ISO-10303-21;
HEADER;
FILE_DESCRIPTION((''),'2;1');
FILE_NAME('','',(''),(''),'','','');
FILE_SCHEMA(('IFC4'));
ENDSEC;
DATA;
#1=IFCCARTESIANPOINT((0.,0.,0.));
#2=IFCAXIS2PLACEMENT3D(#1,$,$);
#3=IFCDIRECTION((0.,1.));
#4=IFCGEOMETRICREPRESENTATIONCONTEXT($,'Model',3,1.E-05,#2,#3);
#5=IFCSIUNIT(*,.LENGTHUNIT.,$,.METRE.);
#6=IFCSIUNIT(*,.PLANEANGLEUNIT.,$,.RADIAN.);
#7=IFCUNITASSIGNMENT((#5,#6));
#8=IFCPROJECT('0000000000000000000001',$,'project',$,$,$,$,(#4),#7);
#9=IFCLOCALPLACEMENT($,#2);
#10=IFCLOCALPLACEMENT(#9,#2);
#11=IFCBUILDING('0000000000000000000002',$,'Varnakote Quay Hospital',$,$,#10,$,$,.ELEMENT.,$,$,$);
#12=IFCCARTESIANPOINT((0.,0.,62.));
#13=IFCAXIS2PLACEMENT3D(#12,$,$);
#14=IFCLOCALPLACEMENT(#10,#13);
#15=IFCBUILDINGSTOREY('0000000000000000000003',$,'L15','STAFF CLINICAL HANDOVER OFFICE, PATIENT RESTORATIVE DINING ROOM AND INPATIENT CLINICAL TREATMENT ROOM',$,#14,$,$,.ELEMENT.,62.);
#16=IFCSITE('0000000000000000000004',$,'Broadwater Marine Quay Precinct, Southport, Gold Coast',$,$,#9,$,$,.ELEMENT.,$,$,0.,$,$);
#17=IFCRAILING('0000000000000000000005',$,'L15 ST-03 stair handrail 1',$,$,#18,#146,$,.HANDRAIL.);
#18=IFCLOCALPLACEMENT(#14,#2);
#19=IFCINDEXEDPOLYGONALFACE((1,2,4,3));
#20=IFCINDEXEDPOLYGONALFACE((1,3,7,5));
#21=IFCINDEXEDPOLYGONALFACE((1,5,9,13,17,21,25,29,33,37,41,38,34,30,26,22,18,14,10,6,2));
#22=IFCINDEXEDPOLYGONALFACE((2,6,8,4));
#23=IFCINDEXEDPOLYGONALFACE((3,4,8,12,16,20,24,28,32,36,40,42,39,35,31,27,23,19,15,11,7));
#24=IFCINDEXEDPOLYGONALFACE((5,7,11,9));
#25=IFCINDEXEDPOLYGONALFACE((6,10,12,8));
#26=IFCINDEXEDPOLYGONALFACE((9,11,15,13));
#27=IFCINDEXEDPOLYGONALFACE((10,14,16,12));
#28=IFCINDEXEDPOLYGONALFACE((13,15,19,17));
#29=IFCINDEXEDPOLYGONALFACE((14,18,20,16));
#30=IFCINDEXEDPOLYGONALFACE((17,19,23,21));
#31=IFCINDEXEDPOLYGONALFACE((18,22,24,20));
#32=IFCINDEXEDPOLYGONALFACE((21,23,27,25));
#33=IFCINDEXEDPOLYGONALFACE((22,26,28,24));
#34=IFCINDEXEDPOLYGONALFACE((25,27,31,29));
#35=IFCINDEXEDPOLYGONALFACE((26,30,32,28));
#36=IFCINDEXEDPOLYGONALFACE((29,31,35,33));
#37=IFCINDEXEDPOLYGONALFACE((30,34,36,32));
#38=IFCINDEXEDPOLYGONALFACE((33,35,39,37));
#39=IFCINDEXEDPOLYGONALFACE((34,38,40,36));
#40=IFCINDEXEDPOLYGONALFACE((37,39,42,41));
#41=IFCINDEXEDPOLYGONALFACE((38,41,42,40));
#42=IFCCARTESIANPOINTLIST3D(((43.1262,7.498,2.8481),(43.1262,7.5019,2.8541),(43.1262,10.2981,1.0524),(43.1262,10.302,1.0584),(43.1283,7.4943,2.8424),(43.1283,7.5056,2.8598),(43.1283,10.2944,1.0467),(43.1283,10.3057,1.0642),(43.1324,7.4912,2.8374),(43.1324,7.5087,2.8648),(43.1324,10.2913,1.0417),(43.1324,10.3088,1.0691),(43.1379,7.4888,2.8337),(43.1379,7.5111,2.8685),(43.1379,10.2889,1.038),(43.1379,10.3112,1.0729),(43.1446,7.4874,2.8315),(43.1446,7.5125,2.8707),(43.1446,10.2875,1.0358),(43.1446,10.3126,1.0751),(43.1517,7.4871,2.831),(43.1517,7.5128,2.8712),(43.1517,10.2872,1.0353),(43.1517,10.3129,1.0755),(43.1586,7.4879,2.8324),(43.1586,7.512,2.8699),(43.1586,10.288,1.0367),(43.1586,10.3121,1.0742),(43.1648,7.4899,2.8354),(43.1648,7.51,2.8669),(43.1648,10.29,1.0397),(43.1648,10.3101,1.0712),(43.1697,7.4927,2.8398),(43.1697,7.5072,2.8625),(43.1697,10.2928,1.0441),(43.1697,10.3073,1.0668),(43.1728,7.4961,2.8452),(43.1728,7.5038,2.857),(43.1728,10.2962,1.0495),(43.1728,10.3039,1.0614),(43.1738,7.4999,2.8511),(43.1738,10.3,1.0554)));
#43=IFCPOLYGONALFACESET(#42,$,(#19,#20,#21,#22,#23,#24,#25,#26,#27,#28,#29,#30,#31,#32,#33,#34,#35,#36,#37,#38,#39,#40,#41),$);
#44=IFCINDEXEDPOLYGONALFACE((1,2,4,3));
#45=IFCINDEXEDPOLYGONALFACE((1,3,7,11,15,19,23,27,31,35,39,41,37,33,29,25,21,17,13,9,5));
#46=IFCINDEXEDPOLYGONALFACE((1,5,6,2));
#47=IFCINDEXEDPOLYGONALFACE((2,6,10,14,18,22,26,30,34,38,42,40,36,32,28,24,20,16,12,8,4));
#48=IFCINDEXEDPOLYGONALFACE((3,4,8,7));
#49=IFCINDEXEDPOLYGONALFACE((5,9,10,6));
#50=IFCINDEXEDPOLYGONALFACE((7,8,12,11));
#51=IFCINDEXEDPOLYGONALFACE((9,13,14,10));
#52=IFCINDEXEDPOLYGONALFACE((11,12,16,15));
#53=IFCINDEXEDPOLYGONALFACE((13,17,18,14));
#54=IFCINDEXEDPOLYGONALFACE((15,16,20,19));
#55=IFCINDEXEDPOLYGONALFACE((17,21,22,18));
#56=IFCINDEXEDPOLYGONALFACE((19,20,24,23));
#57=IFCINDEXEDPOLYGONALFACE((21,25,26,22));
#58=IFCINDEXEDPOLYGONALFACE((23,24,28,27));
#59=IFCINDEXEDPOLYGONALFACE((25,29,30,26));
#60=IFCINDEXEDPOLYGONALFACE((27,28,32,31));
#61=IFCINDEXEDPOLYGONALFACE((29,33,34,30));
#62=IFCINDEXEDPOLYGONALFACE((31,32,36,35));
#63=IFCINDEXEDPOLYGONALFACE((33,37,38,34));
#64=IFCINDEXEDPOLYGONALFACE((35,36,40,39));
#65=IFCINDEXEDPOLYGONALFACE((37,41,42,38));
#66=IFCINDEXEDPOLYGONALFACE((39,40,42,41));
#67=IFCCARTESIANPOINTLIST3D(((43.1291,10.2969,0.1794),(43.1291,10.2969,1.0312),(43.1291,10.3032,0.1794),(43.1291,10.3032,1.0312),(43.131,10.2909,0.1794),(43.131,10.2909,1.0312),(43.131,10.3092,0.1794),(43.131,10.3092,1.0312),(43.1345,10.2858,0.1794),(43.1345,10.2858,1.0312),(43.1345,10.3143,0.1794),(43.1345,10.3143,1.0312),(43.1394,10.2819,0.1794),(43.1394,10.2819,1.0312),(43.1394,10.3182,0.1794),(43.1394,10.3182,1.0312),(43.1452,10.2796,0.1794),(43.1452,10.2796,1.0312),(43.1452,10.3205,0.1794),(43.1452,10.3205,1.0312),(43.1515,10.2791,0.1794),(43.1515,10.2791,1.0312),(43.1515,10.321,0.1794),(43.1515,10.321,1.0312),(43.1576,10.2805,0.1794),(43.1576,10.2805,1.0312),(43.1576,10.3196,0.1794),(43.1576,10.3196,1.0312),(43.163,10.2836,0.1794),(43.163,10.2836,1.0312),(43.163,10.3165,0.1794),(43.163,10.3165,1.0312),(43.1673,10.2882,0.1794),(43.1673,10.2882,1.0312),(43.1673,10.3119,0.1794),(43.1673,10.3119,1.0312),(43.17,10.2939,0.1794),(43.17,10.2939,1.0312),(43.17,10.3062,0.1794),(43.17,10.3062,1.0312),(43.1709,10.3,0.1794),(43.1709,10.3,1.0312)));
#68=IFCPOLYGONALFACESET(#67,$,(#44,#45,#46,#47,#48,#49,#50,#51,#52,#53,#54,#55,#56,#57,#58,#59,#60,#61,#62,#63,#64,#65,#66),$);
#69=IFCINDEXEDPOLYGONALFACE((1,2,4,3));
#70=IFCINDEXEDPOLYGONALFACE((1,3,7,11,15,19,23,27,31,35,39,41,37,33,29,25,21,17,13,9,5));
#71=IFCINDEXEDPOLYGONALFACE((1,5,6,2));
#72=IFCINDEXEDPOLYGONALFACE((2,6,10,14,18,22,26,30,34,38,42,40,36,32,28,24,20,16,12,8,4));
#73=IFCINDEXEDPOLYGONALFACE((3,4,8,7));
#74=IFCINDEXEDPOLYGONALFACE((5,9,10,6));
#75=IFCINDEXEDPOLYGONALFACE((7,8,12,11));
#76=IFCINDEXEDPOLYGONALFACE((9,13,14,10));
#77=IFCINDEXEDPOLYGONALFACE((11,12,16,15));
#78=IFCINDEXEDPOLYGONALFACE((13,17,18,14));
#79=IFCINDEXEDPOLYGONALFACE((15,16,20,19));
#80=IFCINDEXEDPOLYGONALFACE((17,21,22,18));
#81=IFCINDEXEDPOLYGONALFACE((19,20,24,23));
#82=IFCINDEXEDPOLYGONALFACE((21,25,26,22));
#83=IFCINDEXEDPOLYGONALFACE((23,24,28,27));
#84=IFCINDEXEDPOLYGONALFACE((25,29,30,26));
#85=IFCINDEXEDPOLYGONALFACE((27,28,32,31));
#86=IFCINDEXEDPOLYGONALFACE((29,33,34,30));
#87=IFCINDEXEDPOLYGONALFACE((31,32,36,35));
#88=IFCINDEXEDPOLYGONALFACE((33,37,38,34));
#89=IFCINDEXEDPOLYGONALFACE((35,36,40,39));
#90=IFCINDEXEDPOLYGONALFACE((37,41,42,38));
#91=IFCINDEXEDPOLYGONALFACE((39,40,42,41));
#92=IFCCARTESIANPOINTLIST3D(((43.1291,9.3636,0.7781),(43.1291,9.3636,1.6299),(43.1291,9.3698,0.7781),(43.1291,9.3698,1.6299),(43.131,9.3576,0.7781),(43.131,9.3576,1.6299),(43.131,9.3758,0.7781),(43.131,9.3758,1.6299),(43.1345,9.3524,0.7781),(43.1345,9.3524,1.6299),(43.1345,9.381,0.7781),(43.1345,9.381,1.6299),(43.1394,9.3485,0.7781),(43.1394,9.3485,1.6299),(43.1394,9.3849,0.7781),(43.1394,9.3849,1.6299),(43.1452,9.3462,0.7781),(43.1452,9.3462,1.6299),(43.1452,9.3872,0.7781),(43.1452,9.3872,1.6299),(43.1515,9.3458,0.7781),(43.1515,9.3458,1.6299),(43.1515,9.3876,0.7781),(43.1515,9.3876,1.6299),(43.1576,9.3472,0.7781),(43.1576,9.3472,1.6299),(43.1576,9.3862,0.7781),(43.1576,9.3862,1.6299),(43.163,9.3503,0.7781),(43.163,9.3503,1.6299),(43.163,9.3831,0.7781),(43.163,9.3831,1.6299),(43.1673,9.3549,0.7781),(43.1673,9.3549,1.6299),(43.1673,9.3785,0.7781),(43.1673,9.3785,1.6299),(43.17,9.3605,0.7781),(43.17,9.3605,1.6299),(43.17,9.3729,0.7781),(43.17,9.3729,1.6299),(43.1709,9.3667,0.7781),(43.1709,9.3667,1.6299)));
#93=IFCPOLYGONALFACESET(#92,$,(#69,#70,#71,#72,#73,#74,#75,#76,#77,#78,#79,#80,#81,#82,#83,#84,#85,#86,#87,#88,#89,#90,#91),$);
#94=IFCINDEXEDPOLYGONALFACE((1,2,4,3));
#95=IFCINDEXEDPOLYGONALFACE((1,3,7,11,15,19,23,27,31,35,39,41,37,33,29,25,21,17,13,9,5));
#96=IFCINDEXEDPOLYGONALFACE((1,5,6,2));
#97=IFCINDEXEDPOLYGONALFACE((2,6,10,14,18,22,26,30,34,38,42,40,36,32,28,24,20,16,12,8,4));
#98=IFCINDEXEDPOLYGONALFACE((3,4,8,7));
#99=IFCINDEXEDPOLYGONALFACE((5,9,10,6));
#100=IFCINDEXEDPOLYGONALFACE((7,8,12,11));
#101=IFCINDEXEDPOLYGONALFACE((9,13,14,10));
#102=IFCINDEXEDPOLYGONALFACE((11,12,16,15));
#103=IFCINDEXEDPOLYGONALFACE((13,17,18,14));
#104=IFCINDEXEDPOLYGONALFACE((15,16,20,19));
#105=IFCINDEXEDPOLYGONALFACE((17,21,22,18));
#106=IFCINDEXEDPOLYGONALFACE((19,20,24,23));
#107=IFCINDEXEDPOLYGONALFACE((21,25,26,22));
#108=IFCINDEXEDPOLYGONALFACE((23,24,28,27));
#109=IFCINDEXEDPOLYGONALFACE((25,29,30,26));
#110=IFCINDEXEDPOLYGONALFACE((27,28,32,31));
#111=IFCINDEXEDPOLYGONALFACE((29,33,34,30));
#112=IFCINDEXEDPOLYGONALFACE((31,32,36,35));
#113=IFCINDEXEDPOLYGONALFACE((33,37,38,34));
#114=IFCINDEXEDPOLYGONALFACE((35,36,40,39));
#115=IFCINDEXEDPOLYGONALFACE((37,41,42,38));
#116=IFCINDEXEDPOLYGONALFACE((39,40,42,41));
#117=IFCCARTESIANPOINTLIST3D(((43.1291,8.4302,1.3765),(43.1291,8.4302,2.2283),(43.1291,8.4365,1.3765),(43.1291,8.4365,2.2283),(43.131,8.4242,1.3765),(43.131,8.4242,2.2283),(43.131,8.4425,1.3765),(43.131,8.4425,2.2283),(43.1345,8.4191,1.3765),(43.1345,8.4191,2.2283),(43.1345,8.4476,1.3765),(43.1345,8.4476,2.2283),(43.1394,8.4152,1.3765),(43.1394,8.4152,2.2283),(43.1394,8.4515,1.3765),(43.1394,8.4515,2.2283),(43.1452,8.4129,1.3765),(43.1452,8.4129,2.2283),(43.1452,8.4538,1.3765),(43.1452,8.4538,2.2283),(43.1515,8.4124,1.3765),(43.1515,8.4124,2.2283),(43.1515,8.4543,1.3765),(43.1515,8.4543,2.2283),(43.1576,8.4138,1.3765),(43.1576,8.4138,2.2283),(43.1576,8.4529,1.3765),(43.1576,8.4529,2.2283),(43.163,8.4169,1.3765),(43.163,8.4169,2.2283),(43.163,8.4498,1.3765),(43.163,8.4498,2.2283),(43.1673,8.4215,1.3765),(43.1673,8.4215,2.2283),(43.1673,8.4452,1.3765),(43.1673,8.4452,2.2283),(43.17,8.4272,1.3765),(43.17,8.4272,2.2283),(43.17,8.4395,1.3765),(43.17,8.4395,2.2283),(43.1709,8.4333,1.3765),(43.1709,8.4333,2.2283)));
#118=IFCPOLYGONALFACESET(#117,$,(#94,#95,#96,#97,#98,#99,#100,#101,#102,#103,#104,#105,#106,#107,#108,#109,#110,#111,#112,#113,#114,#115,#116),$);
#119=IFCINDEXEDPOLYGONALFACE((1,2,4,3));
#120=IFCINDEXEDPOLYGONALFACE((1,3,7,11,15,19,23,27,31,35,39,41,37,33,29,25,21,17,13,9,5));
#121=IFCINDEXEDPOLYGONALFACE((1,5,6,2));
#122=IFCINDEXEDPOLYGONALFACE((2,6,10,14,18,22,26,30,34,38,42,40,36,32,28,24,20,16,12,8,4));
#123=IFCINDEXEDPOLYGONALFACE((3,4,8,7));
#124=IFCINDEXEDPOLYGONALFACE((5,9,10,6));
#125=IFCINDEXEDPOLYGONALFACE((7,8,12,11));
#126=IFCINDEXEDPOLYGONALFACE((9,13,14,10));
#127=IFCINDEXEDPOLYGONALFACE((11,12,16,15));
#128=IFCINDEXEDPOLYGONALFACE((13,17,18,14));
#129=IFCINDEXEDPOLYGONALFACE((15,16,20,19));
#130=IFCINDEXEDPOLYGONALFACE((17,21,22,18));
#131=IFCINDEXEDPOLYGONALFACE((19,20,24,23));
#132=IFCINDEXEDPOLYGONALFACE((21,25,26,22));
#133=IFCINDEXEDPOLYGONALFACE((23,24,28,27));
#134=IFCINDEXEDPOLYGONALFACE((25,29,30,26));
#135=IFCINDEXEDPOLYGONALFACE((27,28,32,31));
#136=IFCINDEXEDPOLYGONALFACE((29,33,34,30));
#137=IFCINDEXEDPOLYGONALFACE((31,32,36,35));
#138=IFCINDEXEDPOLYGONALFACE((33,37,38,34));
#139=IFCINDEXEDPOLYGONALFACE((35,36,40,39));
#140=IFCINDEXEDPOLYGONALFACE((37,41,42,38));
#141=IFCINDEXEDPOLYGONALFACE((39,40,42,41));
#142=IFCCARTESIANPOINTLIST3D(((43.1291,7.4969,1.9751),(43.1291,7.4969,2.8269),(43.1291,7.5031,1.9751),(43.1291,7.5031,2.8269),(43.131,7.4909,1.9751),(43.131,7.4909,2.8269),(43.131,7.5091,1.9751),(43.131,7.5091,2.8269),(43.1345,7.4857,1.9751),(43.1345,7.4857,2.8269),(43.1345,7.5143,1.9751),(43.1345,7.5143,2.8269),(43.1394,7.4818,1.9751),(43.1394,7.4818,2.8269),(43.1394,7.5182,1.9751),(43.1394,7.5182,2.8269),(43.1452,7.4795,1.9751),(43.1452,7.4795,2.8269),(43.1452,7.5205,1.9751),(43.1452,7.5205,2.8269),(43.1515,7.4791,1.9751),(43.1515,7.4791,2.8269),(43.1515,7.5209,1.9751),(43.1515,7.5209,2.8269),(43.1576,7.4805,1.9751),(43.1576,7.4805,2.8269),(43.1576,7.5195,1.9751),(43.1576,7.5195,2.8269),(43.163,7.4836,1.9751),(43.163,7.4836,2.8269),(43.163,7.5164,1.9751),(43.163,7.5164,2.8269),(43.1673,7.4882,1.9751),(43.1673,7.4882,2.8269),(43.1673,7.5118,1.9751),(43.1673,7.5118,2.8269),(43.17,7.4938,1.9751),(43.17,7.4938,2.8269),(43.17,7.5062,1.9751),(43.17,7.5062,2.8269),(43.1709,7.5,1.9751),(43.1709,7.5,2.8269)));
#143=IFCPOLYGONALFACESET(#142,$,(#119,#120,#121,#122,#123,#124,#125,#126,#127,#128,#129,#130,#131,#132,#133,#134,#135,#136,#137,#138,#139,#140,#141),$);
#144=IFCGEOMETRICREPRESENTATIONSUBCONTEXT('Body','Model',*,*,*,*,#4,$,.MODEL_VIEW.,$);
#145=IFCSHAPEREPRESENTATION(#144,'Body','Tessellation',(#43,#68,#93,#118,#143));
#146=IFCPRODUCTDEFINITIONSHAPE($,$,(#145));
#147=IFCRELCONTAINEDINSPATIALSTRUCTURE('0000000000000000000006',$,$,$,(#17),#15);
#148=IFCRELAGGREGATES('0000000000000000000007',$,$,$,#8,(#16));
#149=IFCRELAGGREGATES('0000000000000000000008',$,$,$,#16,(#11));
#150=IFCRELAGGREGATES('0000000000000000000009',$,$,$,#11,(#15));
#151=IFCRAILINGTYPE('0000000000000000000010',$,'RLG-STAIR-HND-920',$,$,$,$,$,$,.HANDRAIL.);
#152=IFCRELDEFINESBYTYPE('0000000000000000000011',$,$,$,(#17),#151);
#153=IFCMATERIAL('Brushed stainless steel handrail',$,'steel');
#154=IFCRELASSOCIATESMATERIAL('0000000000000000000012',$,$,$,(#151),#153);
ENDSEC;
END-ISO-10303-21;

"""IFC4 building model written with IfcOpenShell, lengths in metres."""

from ifc_helpers import new_model, si_unit, direction, frame, origin, origin_2d, place, context, subcontext, project, spatial, circle, extrude, material, type_object, element, save


model = new_model("IFC4")

# Units and contexts
model_context = context("Model", 3, precision=1e-05, world=origin(), true_north=direction((0.0, 1.0)))
body_context = subcontext(model_context, "Body", "Model", "MODEL_VIEW")
ifc_project = project(units=[si_unit("LENGTHUNIT", "METRE"), si_unit("PLANEANGLEUNIT", "RADIAN")], contexts=[model_context])

# Site, building, storey
site_placement = place(None, origin())
site = spatial("IfcSite", under=ifc_project, at=site_placement, Name="Broadwater Marine Quay Precinct, Southport, Gold Coast", CompositionType="ELEMENT", RefElevation=0.0)
building_placement = place(site_placement, origin())
building = spatial("IfcBuilding", under=site, at=building_placement, Name="Varnakote Quay Hospital", CompositionType="ELEMENT")
storey_placement = place(building_placement, frame((0.0, 0.0, 62.0)))
storey = spatial("IfcBuildingStorey", under=building, at=storey_placement, Name="L15", Description="STAFF CLINICAL HANDOVER OFFICE, PATIENT RESTORATIVE DINING ROOM AND INPATIENT CLINICAL TREATMENT ROOM", CompositionType="ELEMENT", Elevation=62.0)

# Railing
ifc_material_1 = material(Name="Brushed stainless steel handrail", Category="steel")
railing_type_1 = type_object("IfcRailingType", Name="RLG-STAIR-HND-920", PredefinedType="HANDRAIL", material=ifc_material_1)
railing_1_placement = place(storey_placement, frame((43.1499, 10.3, 0.1794)))
element("IfcRailing", 1, at=railing_1_placement, inside=storey, type_object=railing_type_1, Name="L15 ST-03 stair handrail 1", PredefinedType="HANDRAIL", context=body_context, shape_type="SweptSolid", body=[
    extrude(circle(Radius=0.0239, at=origin_2d()), frame((0.0, 0.0, 0.876), z_axis=(0.0, -0.841777, 0.539826), x_axis=(1.0, 0.0, 0.0)), (0.0, 0.0, 1.0), 3.3264),
    extrude(circle(Radius=0.021, at=origin_2d()), origin(), (0.0, 0.0, 1.0), 0.8518),
    extrude(circle(Radius=0.021, at=origin_2d()), frame((0.0, -0.9333, 0.5986)), (0.0, 0.0, 1.0), 0.8518),
    extrude(circle(Radius=0.021, at=origin_2d()), frame((0.0, -1.8667, 1.197)), (0.0, 0.0, 1.0), 0.8518),
    extrude(circle(Radius=0.021, at=origin_2d()), frame((0.0, -2.8, 1.7957)), (0.0, 0.0, 1.0), 0.8518),
])

save(model, "model.ifc")
